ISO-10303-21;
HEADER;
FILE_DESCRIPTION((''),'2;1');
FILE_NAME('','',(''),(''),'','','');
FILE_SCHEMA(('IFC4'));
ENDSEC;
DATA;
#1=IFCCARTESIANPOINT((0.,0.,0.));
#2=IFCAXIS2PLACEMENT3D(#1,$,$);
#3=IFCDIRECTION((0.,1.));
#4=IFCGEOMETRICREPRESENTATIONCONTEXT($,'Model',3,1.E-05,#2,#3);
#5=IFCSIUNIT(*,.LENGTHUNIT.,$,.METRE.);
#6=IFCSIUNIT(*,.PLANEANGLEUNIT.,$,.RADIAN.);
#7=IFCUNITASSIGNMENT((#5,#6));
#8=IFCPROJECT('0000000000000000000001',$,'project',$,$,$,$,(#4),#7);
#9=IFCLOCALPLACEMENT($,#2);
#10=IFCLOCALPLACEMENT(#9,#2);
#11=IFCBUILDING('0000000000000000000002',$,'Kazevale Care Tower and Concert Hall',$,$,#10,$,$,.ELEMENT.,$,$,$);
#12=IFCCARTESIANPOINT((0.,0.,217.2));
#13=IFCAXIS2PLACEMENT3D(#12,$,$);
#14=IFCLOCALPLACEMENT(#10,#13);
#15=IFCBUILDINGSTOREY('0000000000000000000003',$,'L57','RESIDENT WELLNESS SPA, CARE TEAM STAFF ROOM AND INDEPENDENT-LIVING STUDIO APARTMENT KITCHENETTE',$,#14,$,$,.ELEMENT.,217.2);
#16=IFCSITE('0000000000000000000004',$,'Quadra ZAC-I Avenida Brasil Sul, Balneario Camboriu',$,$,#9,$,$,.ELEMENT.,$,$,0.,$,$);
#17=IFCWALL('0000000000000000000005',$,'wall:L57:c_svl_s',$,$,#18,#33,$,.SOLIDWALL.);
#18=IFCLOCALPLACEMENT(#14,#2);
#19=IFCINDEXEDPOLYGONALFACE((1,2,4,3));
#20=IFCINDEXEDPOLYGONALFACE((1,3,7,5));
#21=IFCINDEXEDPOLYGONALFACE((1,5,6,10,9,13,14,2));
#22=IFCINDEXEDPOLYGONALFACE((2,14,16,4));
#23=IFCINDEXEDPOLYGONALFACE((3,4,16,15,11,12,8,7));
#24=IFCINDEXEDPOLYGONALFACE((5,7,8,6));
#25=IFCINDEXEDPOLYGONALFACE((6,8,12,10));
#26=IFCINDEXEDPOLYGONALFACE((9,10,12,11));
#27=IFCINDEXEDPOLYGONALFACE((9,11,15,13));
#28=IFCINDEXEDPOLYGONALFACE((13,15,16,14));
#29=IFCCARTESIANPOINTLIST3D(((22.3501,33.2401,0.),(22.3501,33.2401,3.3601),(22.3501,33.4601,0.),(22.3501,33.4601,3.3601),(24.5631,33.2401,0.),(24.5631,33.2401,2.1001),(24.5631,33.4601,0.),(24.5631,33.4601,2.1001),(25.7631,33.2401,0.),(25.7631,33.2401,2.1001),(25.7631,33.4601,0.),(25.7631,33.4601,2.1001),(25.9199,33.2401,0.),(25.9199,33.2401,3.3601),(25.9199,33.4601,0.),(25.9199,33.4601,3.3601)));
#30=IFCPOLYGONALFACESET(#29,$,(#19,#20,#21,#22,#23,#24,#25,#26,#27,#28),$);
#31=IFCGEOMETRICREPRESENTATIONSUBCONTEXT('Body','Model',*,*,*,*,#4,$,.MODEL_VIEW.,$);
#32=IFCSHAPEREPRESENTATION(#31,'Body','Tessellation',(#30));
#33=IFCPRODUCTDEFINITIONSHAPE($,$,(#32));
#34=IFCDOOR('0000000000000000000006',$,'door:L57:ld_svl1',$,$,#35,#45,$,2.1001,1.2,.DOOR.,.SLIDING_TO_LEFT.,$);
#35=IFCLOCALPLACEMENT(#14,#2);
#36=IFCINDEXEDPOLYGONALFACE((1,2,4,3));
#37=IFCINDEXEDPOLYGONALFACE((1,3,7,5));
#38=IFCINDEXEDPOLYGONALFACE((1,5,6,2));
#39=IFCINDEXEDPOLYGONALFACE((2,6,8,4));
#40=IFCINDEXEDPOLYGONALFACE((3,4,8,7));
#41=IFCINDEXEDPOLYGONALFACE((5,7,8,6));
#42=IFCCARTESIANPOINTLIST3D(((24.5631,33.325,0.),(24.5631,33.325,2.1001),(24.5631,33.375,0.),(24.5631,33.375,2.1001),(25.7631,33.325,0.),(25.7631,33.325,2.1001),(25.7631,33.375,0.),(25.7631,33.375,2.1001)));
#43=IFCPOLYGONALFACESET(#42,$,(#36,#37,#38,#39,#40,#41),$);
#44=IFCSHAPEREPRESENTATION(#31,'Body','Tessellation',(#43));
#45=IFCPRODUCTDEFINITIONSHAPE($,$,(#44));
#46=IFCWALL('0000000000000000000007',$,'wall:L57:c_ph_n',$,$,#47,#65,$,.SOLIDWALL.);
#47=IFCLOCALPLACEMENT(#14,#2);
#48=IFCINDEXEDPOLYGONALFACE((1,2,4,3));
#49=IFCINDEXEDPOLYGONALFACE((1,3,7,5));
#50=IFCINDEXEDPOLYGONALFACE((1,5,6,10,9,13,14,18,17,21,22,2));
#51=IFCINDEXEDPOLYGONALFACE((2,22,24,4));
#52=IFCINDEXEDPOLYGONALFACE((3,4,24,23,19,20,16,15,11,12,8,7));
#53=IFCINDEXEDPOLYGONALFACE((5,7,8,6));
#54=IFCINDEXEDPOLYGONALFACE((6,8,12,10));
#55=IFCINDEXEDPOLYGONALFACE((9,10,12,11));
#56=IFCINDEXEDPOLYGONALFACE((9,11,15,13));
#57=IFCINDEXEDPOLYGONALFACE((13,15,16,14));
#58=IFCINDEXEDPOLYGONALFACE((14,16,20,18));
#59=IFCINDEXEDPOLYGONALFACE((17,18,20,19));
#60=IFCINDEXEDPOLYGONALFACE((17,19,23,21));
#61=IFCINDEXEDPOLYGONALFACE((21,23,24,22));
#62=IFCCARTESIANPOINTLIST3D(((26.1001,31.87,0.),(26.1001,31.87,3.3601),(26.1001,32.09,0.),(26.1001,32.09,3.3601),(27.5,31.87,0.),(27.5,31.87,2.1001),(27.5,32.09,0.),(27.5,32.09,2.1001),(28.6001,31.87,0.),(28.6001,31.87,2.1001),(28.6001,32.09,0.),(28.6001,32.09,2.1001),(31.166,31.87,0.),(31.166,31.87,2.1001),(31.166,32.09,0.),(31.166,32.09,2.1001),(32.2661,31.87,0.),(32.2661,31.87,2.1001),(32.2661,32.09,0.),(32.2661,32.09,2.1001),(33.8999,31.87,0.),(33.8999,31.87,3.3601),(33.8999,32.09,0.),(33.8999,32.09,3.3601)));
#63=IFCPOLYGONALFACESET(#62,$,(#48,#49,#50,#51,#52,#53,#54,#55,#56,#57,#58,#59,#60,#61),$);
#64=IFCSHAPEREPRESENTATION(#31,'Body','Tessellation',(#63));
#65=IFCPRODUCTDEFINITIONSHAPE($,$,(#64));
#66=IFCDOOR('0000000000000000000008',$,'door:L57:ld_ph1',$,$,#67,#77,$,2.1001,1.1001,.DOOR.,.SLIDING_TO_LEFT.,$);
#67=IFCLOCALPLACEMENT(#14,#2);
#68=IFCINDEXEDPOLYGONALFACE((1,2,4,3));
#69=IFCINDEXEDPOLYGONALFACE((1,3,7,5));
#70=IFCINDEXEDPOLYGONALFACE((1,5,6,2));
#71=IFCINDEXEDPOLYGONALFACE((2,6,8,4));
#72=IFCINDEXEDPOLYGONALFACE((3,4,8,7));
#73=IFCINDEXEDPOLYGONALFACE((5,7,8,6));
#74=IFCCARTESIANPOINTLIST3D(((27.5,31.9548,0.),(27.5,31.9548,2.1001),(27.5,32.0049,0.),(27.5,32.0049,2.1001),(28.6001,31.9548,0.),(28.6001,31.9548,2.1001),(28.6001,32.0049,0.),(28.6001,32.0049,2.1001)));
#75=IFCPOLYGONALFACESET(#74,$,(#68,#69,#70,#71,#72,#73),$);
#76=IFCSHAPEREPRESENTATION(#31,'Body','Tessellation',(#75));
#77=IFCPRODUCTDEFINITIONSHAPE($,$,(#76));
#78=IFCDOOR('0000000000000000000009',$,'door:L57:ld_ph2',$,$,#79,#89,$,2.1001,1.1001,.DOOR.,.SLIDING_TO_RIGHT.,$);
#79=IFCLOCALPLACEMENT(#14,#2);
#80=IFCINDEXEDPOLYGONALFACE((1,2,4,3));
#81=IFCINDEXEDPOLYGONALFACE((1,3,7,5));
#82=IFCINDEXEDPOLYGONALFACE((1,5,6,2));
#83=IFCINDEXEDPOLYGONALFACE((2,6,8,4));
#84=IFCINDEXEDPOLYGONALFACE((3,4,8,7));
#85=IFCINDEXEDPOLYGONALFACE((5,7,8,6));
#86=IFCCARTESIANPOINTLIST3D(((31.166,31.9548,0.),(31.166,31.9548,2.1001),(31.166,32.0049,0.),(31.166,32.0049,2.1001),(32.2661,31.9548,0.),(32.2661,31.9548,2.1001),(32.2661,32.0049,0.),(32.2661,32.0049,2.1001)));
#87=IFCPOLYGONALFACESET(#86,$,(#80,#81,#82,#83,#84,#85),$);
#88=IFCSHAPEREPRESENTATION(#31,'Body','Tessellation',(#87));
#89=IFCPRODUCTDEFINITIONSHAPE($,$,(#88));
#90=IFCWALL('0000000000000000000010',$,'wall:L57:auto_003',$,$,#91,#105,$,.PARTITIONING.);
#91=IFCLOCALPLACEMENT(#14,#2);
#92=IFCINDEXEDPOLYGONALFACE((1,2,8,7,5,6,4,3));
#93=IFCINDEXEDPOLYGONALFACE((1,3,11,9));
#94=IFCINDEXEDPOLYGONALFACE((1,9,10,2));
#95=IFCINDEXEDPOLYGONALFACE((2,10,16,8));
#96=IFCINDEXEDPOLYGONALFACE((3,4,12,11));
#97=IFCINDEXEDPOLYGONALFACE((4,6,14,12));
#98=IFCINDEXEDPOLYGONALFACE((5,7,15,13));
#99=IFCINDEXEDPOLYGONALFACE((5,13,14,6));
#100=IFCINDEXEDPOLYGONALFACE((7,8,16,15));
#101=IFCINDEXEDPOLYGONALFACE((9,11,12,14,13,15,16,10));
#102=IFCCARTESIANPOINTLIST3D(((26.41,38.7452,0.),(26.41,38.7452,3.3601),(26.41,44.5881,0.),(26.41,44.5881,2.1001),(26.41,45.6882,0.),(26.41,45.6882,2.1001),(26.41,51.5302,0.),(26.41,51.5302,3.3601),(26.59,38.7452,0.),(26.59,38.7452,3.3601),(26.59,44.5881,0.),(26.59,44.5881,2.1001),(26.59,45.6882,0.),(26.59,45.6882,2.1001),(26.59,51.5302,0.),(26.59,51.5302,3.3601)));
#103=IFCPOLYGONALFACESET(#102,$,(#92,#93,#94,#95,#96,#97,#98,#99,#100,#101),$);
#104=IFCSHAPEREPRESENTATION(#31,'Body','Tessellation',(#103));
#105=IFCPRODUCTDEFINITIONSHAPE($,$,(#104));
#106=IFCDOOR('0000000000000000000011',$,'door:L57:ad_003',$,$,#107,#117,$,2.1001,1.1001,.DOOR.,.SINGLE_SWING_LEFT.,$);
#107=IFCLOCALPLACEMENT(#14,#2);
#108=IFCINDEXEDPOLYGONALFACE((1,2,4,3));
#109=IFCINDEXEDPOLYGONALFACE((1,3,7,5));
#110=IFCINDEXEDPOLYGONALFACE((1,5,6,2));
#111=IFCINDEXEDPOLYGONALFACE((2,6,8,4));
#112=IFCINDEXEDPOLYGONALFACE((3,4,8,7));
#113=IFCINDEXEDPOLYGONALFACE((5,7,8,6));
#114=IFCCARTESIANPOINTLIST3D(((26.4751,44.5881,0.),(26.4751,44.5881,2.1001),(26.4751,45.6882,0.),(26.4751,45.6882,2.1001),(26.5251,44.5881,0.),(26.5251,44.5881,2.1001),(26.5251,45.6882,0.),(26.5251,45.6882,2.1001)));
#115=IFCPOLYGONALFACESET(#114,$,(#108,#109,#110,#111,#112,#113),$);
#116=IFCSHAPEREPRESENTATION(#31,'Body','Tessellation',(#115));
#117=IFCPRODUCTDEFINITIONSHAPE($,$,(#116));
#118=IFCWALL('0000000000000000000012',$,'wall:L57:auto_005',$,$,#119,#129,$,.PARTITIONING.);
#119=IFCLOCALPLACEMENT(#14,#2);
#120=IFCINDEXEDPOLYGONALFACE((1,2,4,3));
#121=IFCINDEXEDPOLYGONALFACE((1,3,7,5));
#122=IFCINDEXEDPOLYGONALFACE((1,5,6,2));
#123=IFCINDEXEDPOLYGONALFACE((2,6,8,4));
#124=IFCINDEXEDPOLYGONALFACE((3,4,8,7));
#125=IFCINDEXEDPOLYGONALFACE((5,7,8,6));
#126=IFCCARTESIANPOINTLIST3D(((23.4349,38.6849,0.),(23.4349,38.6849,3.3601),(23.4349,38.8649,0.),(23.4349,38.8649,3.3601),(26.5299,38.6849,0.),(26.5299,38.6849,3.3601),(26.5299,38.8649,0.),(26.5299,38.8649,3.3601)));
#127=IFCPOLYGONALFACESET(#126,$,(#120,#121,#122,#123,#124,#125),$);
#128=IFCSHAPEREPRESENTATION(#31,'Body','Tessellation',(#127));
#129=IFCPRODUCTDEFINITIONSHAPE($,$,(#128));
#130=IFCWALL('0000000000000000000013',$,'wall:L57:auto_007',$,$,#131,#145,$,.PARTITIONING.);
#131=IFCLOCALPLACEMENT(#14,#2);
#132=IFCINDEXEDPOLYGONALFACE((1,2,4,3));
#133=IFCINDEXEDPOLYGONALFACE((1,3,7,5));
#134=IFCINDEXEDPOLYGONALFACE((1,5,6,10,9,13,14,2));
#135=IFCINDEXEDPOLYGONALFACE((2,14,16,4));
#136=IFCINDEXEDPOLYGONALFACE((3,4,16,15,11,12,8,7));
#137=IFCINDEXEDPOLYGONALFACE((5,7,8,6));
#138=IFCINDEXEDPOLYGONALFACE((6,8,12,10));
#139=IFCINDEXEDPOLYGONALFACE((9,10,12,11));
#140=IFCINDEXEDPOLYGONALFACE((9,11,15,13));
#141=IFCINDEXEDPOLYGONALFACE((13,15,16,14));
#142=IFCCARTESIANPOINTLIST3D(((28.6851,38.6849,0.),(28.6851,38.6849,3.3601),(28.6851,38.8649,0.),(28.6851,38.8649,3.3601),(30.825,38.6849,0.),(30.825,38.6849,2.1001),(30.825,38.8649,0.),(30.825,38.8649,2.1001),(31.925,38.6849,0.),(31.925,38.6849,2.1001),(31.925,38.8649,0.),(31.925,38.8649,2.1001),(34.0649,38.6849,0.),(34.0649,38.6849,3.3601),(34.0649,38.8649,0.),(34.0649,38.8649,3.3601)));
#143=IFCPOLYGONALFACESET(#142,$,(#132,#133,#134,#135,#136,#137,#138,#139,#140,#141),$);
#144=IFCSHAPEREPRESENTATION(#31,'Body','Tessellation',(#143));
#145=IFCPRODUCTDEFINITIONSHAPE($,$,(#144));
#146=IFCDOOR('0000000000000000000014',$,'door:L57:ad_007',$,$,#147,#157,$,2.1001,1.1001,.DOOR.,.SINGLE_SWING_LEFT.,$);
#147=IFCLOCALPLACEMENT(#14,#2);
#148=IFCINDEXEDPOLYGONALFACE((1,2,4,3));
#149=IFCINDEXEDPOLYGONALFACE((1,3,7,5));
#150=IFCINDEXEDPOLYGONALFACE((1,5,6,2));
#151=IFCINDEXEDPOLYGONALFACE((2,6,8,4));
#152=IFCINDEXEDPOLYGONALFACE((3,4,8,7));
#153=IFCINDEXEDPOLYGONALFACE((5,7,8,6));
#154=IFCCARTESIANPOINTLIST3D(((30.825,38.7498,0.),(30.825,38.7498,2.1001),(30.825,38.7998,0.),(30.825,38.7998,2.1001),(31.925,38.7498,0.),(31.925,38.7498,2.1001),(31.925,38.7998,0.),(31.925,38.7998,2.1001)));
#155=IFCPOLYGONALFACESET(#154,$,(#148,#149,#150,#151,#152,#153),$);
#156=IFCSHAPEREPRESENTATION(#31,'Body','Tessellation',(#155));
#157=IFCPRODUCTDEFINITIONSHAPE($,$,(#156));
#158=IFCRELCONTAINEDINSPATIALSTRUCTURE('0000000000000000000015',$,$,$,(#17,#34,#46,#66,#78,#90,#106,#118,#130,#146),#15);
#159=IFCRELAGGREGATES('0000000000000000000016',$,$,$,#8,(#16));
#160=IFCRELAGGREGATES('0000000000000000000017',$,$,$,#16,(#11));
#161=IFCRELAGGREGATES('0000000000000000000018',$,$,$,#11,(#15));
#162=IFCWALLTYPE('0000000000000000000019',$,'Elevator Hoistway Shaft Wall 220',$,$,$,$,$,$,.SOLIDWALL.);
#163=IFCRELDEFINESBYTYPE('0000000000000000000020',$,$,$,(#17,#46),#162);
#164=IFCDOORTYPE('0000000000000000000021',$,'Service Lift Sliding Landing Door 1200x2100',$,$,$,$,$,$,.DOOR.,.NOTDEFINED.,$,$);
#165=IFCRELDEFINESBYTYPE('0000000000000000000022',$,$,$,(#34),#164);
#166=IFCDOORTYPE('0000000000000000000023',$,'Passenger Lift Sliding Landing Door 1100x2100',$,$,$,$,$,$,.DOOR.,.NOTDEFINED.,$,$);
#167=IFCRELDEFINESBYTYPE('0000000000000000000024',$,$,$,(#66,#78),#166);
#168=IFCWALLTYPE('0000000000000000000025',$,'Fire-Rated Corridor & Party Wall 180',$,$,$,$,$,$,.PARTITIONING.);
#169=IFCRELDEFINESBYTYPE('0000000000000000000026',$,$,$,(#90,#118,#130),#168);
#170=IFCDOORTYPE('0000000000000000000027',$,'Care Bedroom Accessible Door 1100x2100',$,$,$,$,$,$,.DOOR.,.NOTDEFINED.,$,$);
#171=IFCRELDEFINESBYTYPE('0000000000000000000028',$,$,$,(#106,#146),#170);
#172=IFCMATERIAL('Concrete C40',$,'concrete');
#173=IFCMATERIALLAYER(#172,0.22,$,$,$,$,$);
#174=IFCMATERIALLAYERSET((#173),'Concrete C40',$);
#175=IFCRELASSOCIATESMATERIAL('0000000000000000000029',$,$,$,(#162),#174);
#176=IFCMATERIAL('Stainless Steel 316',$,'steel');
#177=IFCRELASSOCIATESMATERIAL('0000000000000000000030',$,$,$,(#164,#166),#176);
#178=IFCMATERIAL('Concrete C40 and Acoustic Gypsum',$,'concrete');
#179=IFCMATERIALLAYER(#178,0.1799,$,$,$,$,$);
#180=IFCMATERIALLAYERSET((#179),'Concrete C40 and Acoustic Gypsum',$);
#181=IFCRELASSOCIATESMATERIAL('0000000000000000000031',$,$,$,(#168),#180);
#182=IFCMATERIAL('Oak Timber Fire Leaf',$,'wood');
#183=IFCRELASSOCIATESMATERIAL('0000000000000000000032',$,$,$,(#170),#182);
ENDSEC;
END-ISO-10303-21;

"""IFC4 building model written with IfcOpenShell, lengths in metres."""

from ifc_helpers import new_model, si_unit, direction, frame, frame_2d, origin, place, context, subcontext, project, spatial, rectangle, extrude, material, layer, layer_set, type_object, element, fill, save


model = new_model("IFC4")

# Units and contexts
model_context = context("Model", 3, precision=1e-05, world=origin(), true_north=direction((0.0, 1.0)))
body_context = subcontext(model_context, "Body", "Model", "MODEL_VIEW")
ifc_project = project(units=[si_unit("LENGTHUNIT", "METRE"), si_unit("PLANEANGLEUNIT", "RADIAN")], contexts=[model_context])

# Site, building, storey
site_placement = place(None, origin())
site = spatial("IfcSite", under=ifc_project, at=site_placement, Name="Quadra ZAC-I Avenida Brasil Sul, Balneario Camboriu", CompositionType="ELEMENT", RefElevation=0.0)
building_placement = place(site_placement, origin())
building = spatial("IfcBuilding", under=site, at=building_placement, Name="Kazevale Care Tower and Concert Hall", CompositionType="ELEMENT")
storey_placement = place(building_placement, frame((0.0, 0.0, 217.2)))
storey = spatial("IfcBuildingStorey", under=building, at=storey_placement, Name="L57", Description="RESIDENT WELLNESS SPA, CARE TEAM STAFF ROOM AND INDEPENDENT-LIVING STUDIO APARTMENT KITCHENETTE", CompositionType="ELEMENT", Elevation=217.2)

# Shared definitions
ifc_material_1 = material(Name="Oak Timber Fire Leaf", Category="wood")

# Shared definitions
ifc_material_2 = material(Name="Concrete C40", Category="concrete")
ifc_layer_1 = layer(ifc_material_2, 0.22)
ifc_layer_set_1 = layer_set([ifc_layer_1], Name="Concrete C40")
wall_type_1 = type_object("IfcWallType", Name="Elevator Hoistway Shaft Wall 220", PredefinedType="SOLIDWALL", material=ifc_layer_set_1)

# Wall, opening, door
wall_1_placement = place(storey_placement, frame((22.3501, 33.3501, 0.0), z_axis=(0.0, 0.0, 1.0), x_axis=(1.0, 0.0, 0.0)))
wall_1 = element("IfcWall", 1, at=wall_1_placement, inside=storey, type_object=wall_type_1, Name="wall:L57:c_svl_s", PredefinedType="SOLIDWALL", context=body_context, shape_type="SweptSolid", body=[
    extrude(rectangle(XDim=3.5698, YDim=0.22, at=frame_2d((1.7849, 0.0))), origin(), (0.0, 0.0, 1.0), 3.3601),
])
opening_1_placement = place(wall_1_placement, frame((2.2129, 0.0, 0.0)))
opening_1 = element("IfcOpeningElement", 2, at=opening_1_placement, cuts=wall_1, PredefinedType="OPENING", context=body_context, shape_type="SweptSolid", body=[
    extrude(rectangle(XDim=1.2, YDim=2.1001, at=frame_2d((0.6001, 1.05))), frame((0.0, 0.1199, 0.0), z_axis=(0.0, -1.0, 0.0), x_axis=(1.0, 0.0, 0.0)), (0.0, 0.0, 1.0), 0.24),
])
ifc_material_3 = material(Name="Stainless Steel 316", Category="steel")
door_type_1 = type_object("IfcDoorType", Name="Service Lift Sliding Landing Door 1200x2100", OperationType="NOTDEFINED", PredefinedType="DOOR", material=ifc_material_3)
door_1_placement = place(opening_1_placement, origin())
door_1 = element("IfcDoor", 3, at=door_1_placement, inside=storey, type_object=door_type_1, Name="door:L57:ld_svl1", OperationType="SLIDING_TO_LEFT", OverallHeight=2.1001, OverallWidth=1.2, PredefinedType="DOOR", context=body_context, shape_type="SweptSolid", body=[
    extrude(rectangle(XDim=1.2, YDim=2.1001, at=frame_2d((0.6001, 1.05))), frame((0.0, 0.0249, 0.0), z_axis=(0.0, -1.0, 0.0), x_axis=(1.0, 0.0, 0.0)), (0.0, 0.0, 1.0), 0.05),
])
fill(opening_1, door_1)

# Wall, openings, doors
wall_2_placement = place(storey_placement, frame((26.1001, 31.98, 0.0), z_axis=(0.0, 0.0, 1.0), x_axis=(1.0, 0.0, 0.0)))
wall_2 = element("IfcWall", 4, at=wall_2_placement, inside=storey, type_object=wall_type_1, Name="wall:L57:c_ph_n", PredefinedType="SOLIDWALL", context=body_context, shape_type="SweptSolid", body=[
    extrude(rectangle(XDim=7.7998, YDim=0.22, at=frame_2d((3.8999, 0.0))), origin(), (0.0, 0.0, 1.0), 3.3601),
])
opening_2_placement = place(wall_2_placement, frame((1.3999, 0.0, 0.0)))
opening_2 = element("IfcOpeningElement", 5, at=opening_2_placement, cuts=wall_2, PredefinedType="OPENING", context=body_context, shape_type="SweptSolid", body=[
    extrude(rectangle(XDim=1.1001, YDim=2.1001, at=frame_2d((0.55, 1.05))), frame((0.0, 0.1199, 0.0), z_axis=(0.0, -1.0, 0.0), x_axis=(1.0, 0.0, 0.0)), (0.0, 0.0, 1.0), 0.24),
])
opening_3_placement = place(wall_2_placement, frame((5.0659, 0.0, 0.0)))
opening_3 = element("IfcOpeningElement", 6, at=opening_3_placement, cuts=wall_2, PredefinedType="OPENING", context=body_context, shape_type="SweptSolid", body=[
    extrude(rectangle(XDim=1.1001, YDim=2.1001, at=frame_2d((0.55, 1.05))), frame((0.0, 0.1199, 0.0), z_axis=(0.0, -1.0, 0.0), x_axis=(1.0, 0.0, 0.0)), (0.0, 0.0, 1.0), 0.24),
])
door_type_2 = type_object("IfcDoorType", Name="Passenger Lift Sliding Landing Door 1100x2100", OperationType="NOTDEFINED", PredefinedType="DOOR", material=ifc_material_3)
door_2_placement = place(opening_2_placement, origin())
door_2 = element("IfcDoor", 7, at=door_2_placement, inside=storey, type_object=door_type_2, Name="door:L57:ld_ph1", OperationType="SLIDING_TO_LEFT", OverallHeight=2.1001, OverallWidth=1.1001, PredefinedType="DOOR", context=body_context, shape_type="SweptSolid", body=[
    extrude(rectangle(XDim=1.1001, YDim=2.1001, at=frame_2d((0.55, 1.05))), frame((0.0, 0.0249, 0.0), z_axis=(0.0, -1.0, 0.0), x_axis=(1.0, 0.0, 0.0)), (0.0, 0.0, 1.0), 0.05),
])
fill(opening_2, door_2)
door_3_placement = place(opening_3_placement, origin())
door_3 = element("IfcDoor", 8, at=door_3_placement, inside=storey, type_object=door_type_2, Name="door:L57:ld_ph2", OperationType="SLIDING_TO_RIGHT", OverallHeight=2.1001, OverallWidth=1.1001, PredefinedType="DOOR", context=body_context, shape_type="SweptSolid", body=[
    extrude(rectangle(XDim=1.1001, YDim=2.1001, at=frame_2d((0.55, 1.05))), frame((0.0, 0.0249, 0.0), z_axis=(0.0, -1.0, 0.0), x_axis=(1.0, 0.0, 0.0)), (0.0, 0.0, 1.0), 0.05),
])
fill(opening_3, door_3)

# Wall, opening, door
ifc_material_4 = material(Name="Concrete C40 and Acoustic Gypsum", Category="concrete")
ifc_layer_2 = layer(ifc_material_4, 0.1799)
ifc_layer_set_2 = layer_set([ifc_layer_2], Name="Concrete C40 and Acoustic Gypsum")
wall_type_2 = type_object("IfcWallType", Name="Fire-Rated Corridor & Party Wall 180", PredefinedType="PARTITIONING", material=ifc_layer_set_2)
wall_3_placement = place(storey_placement, frame((26.5, 38.7451, 0.0), z_axis=(0.0, 0.0, 1.0), x_axis=(0.0, 1.0, 0.0)))
wall_3 = element("IfcWall", 9, at=wall_3_placement, inside=storey, type_object=wall_type_2, Name="wall:L57:auto_003", PredefinedType="PARTITIONING", context=body_context, shape_type="SweptSolid", body=[
    extrude(rectangle(XDim=12.7849, YDim=0.1799, at=frame_2d((6.3926, 0.0))), origin(), (0.0, 0.0, 1.0), 3.3601),
])
opening_4_placement = place(wall_3_placement, frame((5.843, 0.0, 0.0)))
opening_4 = element("IfcOpeningElement", 10, at=opening_4_placement, cuts=wall_3, PredefinedType="OPENING", context=body_context, shape_type="SweptSolid", body=[
    extrude(rectangle(XDim=1.1001, YDim=2.1001, at=frame_2d((0.55, 1.05))), frame((0.0, 0.0999, 0.0), z_axis=(0.0, -1.0, 0.0), x_axis=(1.0, 0.0, 0.0)), (0.0, 0.0, 1.0), 0.2),
])
door_type_3 = type_object("IfcDoorType", Name="Care Bedroom Accessible Door 1100x2100", OperationType="NOTDEFINED", PredefinedType="DOOR", material=ifc_material_1)
door_4_placement = place(opening_4_placement, origin())
door_4 = element("IfcDoor", 11, at=door_4_placement, inside=storey, type_object=door_type_3, Name="door:L57:ad_003", OperationType="SINGLE_SWING_LEFT", OverallHeight=2.1001, OverallWidth=1.1001, PredefinedType="DOOR", context=body_context, shape_type="SweptSolid", body=[
    extrude(rectangle(XDim=1.1001, YDim=2.1001, at=frame_2d((0.55, 1.05))), frame((0.0, 0.0249, 0.0), z_axis=(0.0, -1.0, 0.0), x_axis=(1.0, 0.0, 0.0)), (0.0, 0.0, 1.0), 0.05),
])
fill(opening_4, door_4)

# Wall
wall_4_placement = place(storey_placement, frame((23.4351, 38.7749, 0.0), z_axis=(0.0, 0.0, 1.0), x_axis=(1.0, 0.0, 0.0)))
element("IfcWall", 12, at=wall_4_placement, inside=storey, type_object=wall_type_2, Name="wall:L57:auto_005", PredefinedType="PARTITIONING", context=body_context, shape_type="SweptSolid", body=[
    extrude(rectangle(XDim=3.095, YDim=0.1799, at=frame_2d((1.5474, 0.0))), origin(), (0.0, 0.0, 1.0), 3.3601),
])

# Wall, opening, door
wall_5_placement = place(storey_placement, frame((28.6851, 38.7749, 0.0), z_axis=(0.0, 0.0, 1.0), x_axis=(1.0, 0.0, 0.0)))
wall_5 = element("IfcWall", 13, at=wall_5_placement, inside=storey, type_object=wall_type_2, Name="wall:L57:auto_007", PredefinedType="PARTITIONING", context=body_context, shape_type="SweptSolid", body=[
    extrude(rectangle(XDim=5.3799, YDim=0.1799, at=frame_2d((2.6899, 0.0))), origin(), (0.0, 0.0, 1.0), 3.3601),
])
opening_5_placement = place(wall_5_placement, frame((2.1399, 0.0, 0.0)))
opening_5 = element("IfcOpeningElement", 14, at=opening_5_placement, cuts=wall_5, PredefinedType="OPENING", context=body_context, shape_type="SweptSolid", body=[
    extrude(rectangle(XDim=1.1001, YDim=2.1001, at=frame_2d((0.55, 1.05))), frame((0.0, 0.0999, 0.0), z_axis=(0.0, -1.0, 0.0), x_axis=(1.0, 0.0, 0.0)), (0.0, 0.0, 1.0), 0.2),
])
door_5_placement = place(opening_5_placement, origin())
door_5 = element("IfcDoor", 15, at=door_5_placement, inside=storey, type_object=door_type_3, Name="door:L57:ad_007", OperationType="SINGLE_SWING_LEFT", OverallHeight=2.1001, OverallWidth=1.1001, PredefinedType="DOOR", context=body_context, shape_type="SweptSolid", body=[
    extrude(rectangle(XDim=1.1001, YDim=2.1001, at=frame_2d((0.55, 1.05))), frame((0.0, 0.0249, 0.0), z_axis=(0.0, -1.0, 0.0), x_axis=(1.0, 0.0, 0.0)), (0.0, 0.0, 1.0), 0.05),
])
fill(opening_5, door_5)

save(model, "model.ifc")
